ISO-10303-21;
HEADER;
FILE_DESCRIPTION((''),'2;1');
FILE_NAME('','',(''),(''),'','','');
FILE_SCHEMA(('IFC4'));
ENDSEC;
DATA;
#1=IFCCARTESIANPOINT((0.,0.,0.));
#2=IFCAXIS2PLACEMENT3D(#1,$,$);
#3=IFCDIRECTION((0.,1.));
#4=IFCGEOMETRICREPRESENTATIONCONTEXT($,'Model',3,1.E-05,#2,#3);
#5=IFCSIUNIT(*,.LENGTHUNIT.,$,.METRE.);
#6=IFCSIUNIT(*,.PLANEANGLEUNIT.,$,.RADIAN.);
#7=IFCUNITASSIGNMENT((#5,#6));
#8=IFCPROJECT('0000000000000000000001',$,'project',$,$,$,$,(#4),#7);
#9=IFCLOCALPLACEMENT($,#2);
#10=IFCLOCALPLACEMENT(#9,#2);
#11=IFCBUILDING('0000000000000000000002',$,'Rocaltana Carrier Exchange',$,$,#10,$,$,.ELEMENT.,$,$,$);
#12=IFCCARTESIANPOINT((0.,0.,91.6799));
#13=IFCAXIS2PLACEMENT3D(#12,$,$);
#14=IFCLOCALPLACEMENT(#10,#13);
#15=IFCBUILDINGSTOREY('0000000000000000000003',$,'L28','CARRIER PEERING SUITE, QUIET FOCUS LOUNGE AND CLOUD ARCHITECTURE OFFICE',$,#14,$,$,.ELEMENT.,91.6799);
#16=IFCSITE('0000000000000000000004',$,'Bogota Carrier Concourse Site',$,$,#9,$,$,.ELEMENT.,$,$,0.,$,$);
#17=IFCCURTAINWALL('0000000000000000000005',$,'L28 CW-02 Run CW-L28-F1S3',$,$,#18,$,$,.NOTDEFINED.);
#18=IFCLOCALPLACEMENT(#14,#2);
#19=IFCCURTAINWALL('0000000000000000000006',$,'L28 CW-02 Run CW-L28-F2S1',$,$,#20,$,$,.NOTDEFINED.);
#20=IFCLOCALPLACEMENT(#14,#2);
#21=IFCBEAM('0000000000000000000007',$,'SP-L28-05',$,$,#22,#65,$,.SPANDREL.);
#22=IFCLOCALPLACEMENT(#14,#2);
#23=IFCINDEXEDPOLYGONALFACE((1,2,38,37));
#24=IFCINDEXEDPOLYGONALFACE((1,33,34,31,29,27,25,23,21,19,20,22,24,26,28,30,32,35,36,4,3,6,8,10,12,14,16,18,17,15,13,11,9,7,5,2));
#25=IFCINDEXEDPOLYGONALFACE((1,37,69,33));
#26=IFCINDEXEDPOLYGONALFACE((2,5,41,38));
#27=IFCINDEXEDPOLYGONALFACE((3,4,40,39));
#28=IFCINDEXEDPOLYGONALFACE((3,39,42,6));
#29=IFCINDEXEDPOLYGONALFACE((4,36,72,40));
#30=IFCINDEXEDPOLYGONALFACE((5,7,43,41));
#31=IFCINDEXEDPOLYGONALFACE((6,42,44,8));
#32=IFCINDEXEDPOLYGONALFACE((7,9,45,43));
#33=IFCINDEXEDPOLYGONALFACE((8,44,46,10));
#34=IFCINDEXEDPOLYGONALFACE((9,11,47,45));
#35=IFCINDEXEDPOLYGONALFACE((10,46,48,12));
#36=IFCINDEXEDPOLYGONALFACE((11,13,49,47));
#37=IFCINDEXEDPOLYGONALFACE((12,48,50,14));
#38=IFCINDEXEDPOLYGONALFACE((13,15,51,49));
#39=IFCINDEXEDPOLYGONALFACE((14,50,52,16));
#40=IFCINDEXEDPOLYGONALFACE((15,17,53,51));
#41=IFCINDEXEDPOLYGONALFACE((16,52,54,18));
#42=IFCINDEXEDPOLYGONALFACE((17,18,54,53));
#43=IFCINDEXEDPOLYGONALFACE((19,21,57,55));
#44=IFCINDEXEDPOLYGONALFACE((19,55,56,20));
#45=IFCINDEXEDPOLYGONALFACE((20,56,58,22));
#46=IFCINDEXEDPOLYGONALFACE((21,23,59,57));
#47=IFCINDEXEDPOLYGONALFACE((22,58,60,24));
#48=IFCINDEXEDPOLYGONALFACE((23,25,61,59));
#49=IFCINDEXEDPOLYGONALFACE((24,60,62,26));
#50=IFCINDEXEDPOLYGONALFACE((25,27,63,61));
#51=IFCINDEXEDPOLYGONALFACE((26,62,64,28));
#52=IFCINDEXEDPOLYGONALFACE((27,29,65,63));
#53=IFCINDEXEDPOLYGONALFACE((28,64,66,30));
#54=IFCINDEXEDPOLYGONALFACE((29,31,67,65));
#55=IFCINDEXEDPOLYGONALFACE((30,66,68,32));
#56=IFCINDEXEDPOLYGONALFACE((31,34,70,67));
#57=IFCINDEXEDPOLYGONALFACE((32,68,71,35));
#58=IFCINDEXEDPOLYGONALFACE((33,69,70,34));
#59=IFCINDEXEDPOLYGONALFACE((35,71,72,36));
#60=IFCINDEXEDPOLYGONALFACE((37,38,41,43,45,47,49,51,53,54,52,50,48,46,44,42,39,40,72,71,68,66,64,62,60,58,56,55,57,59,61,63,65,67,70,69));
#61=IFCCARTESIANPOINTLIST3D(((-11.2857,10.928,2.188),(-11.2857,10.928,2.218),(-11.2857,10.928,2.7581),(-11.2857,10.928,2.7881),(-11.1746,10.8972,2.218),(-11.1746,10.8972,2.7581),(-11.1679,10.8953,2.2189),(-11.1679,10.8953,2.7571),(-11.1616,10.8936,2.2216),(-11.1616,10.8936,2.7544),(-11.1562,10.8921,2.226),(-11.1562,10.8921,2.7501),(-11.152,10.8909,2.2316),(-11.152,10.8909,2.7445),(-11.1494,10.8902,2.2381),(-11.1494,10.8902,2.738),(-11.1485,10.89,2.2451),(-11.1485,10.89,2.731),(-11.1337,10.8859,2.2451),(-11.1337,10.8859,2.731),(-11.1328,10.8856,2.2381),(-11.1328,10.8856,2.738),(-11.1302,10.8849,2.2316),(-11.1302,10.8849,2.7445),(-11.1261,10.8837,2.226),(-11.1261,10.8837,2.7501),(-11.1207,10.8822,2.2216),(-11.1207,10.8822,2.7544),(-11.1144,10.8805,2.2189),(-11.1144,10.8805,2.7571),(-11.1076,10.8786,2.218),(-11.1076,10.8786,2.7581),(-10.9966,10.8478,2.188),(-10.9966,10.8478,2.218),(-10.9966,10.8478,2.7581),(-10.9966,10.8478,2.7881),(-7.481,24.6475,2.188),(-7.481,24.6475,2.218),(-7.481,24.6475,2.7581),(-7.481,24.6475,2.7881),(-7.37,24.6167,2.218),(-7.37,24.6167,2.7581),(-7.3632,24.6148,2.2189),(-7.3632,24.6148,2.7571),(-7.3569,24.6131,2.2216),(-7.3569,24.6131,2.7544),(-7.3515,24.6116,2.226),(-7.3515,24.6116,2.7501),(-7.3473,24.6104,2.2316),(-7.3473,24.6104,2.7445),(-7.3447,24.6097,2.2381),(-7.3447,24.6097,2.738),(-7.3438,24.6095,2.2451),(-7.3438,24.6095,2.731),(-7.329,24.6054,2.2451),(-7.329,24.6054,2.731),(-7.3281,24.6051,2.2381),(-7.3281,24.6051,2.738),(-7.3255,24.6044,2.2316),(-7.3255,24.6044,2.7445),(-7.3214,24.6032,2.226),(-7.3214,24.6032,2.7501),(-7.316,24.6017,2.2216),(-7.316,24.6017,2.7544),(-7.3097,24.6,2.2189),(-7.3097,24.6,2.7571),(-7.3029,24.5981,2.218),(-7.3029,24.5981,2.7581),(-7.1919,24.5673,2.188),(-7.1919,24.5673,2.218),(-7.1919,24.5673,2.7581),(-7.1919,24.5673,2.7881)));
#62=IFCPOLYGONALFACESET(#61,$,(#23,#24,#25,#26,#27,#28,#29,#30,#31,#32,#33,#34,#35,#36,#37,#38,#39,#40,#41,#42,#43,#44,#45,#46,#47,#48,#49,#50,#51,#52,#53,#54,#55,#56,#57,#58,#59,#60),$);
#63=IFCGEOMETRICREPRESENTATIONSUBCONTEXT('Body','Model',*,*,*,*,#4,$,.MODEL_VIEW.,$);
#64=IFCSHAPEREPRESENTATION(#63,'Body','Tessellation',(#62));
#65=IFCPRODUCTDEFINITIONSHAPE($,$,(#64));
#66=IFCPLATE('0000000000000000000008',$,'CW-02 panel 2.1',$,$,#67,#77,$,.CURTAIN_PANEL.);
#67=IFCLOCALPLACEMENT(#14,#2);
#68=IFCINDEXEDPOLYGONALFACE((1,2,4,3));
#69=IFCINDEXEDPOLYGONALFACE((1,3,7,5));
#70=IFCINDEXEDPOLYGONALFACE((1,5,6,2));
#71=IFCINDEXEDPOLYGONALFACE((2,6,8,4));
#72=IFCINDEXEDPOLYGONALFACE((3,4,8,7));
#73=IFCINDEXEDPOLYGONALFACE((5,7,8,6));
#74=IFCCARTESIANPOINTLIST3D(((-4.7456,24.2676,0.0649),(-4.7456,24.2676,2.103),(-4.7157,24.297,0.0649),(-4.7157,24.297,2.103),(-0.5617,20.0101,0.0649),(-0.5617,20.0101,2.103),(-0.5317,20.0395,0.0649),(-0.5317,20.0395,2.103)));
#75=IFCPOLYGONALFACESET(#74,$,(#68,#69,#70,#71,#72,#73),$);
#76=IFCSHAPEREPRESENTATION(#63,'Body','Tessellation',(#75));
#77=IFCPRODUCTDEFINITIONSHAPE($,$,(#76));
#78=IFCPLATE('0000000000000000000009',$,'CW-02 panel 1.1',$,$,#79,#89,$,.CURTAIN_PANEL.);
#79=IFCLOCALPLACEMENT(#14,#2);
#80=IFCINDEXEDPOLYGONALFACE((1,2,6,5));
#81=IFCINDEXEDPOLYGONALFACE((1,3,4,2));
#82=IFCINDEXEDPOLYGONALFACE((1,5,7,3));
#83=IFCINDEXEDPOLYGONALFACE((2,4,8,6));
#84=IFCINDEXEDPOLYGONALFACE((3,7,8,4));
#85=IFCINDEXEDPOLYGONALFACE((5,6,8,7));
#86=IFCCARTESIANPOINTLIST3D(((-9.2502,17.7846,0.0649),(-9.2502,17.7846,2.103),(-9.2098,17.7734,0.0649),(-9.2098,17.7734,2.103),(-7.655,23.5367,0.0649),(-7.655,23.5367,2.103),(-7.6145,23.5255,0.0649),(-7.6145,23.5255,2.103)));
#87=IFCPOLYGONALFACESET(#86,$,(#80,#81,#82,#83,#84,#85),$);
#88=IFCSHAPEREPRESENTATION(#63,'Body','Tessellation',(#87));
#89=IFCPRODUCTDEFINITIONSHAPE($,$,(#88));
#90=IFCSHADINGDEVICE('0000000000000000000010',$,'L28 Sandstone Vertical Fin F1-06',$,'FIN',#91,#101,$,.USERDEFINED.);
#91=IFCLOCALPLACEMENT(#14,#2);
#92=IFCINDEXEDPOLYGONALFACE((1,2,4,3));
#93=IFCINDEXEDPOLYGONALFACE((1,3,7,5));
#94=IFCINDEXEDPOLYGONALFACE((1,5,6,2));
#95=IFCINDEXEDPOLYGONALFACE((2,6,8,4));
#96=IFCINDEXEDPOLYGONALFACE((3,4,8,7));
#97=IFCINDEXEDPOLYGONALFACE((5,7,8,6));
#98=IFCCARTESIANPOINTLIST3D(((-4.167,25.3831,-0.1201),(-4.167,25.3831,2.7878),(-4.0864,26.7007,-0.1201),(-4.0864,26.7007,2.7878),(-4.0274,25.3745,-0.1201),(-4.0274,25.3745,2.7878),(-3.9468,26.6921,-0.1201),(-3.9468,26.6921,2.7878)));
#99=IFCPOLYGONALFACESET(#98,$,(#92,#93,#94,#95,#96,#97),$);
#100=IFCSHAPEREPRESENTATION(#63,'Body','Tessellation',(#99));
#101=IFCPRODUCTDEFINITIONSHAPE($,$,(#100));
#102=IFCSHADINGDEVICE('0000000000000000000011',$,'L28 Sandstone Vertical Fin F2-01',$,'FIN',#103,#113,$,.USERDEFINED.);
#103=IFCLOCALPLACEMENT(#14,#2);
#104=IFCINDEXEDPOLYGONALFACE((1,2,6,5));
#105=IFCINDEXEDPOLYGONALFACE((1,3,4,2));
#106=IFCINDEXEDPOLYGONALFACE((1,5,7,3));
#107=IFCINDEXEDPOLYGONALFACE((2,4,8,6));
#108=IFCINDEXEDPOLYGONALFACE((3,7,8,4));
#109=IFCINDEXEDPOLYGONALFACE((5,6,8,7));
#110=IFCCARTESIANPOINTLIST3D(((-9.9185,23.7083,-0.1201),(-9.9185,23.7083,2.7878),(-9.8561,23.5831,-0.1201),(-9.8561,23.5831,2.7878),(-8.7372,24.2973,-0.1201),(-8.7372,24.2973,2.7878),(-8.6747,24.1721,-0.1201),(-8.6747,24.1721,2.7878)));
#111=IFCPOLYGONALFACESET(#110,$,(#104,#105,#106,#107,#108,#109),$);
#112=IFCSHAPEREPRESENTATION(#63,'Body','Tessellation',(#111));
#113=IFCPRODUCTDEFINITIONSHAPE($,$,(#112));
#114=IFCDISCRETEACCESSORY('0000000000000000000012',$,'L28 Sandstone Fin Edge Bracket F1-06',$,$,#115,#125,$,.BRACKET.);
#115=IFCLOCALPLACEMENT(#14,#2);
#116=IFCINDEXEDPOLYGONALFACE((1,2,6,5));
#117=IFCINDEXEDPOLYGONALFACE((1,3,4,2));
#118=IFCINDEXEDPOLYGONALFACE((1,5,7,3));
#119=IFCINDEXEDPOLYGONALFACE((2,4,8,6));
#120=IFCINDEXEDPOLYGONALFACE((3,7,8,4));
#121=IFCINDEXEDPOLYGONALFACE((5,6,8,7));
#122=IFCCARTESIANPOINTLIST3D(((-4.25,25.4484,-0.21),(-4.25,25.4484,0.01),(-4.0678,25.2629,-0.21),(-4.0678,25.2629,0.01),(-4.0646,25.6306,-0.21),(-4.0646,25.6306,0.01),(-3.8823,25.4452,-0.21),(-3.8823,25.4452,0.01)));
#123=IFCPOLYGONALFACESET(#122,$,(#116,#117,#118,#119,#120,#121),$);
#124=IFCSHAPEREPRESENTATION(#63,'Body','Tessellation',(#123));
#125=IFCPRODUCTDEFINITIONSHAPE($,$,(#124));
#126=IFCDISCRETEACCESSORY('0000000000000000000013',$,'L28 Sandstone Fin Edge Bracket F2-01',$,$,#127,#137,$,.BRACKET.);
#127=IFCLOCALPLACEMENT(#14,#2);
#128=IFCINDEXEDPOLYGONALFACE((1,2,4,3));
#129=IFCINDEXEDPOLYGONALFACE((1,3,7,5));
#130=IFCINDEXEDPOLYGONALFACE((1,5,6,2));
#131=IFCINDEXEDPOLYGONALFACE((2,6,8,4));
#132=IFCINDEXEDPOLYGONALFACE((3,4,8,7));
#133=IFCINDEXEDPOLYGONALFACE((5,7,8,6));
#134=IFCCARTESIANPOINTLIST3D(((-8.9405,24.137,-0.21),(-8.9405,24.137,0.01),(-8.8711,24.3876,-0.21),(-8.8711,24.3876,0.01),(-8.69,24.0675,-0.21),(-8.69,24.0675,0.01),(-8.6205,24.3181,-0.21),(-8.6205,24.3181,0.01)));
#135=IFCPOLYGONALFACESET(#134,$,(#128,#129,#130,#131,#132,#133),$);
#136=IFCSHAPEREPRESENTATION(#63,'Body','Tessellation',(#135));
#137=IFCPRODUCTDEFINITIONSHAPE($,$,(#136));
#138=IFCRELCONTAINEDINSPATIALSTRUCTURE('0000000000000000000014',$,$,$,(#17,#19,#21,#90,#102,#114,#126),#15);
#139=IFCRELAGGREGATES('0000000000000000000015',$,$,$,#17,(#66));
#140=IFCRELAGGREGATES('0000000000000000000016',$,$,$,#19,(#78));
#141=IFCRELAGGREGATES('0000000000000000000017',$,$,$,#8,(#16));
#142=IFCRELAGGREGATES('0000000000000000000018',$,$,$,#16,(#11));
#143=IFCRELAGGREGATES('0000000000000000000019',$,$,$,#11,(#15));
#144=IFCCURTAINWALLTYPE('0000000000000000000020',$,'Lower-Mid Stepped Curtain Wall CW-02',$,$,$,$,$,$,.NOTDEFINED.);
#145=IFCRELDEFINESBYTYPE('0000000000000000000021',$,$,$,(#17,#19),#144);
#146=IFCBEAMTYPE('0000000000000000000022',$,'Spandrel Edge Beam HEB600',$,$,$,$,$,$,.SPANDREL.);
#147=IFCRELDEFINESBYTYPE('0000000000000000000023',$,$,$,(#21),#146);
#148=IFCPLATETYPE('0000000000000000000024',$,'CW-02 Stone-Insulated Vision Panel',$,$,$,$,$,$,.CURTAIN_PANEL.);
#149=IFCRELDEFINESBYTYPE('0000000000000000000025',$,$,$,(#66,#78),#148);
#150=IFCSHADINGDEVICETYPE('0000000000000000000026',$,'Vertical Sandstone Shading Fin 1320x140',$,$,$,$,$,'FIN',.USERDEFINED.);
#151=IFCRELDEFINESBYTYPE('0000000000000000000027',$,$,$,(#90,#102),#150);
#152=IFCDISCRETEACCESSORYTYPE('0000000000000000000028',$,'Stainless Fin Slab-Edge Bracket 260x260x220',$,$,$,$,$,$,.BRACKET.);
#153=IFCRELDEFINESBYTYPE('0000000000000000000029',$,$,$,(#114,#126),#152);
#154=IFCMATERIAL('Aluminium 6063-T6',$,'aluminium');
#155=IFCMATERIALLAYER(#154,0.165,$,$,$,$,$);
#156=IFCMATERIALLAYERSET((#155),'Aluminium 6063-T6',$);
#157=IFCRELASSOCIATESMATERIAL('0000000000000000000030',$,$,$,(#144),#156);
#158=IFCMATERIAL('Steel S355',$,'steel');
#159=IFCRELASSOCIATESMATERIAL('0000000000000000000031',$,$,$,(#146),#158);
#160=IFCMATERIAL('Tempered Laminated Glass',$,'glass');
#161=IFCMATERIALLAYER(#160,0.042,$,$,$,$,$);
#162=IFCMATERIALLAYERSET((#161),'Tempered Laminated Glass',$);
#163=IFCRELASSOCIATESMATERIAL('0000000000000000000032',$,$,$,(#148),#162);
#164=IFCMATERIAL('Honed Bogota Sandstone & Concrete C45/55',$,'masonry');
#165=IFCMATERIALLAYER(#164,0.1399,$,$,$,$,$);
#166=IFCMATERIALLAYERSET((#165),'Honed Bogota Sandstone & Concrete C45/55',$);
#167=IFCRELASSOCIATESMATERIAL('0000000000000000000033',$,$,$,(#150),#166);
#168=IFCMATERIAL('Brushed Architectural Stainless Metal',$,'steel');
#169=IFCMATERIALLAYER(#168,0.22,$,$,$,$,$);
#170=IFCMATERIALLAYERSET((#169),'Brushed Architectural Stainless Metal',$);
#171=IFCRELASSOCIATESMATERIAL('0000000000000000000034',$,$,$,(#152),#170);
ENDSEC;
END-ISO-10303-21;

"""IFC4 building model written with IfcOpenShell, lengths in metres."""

from ifc_helpers import new_model, si_unit, direction, frame, origin, origin_2d, place, context, subcontext, project, spatial, rectangle, i_section, extrude, material, layer, layer_set, material_profile, profile_set, type_object, element, aggregate, save


model = new_model("IFC4")

# Units and contexts
model_context = context("Model", 3, precision=1e-05, world=origin(), true_north=direction((0.0, 1.0)))
body_context = subcontext(model_context, "Body", "Model", "MODEL_VIEW")
ifc_project = project(units=[si_unit("LENGTHUNIT", "METRE"), si_unit("PLANEANGLEUNIT", "RADIAN")], contexts=[model_context])

# Site, building, storey
site_placement = place(None, origin())
site = spatial("IfcSite", under=ifc_project, at=site_placement, Name="Bogota Carrier Concourse Site", CompositionType="ELEMENT", RefElevation=0.0)
building_placement = place(site_placement, origin())
building = spatial("IfcBuilding", under=site, at=building_placement, Name="Rocaltana Carrier Exchange", CompositionType="ELEMENT")
storey_placement = place(building_placement, frame((0.0, 0.0, 91.6799)))
storey = spatial("IfcBuildingStorey", under=building, at=storey_placement, Name="L28", Description="CARRIER PEERING SUITE, QUIET FOCUS LOUNGE AND CLOUD ARCHITECTURE OFFICE", CompositionType="ELEMENT", Elevation=91.6799)

# Curtain wall
ifc_material_1 = material(Name="Aluminium 6063-T6", Category="aluminium")
ifc_layer_1 = layer(ifc_material_1, 0.165)
ifc_layer_set_1 = layer_set([ifc_layer_1], Name="Aluminium 6063-T6")
curtain_wall_type = type_object("IfcCurtainWallType", Name="Lower-Mid Stepped Curtain Wall CW-02", PredefinedType="NOTDEFINED", material=ifc_layer_set_1)
curtain_wall_1_placement = place(storey_placement, origin())
curtain_wall_1 = element("IfcCurtainWall", 1, at=curtain_wall_1_placement, inside=storey, type_object=curtain_wall_type, Name="L28 CW-02 Run CW-L28-F1S3", PredefinedType="NOTDEFINED")

# Curtain wall
curtain_wall_2_placement = place(storey_placement, origin())
curtain_wall_2 = element("IfcCurtainWall", 2, at=curtain_wall_2_placement, inside=storey, type_object=curtain_wall_type, Name="L28 CW-02 Run CW-L28-F2S1", PredefinedType="NOTDEFINED")

# Beam
ifc_material_2 = material(Name="Steel S355", Category="steel")
ifc_material_profile_1 = material_profile(ifc_material_2, i_section(OverallWidth=0.3, OverallDepth=0.6001, WebThickness=0.0154, FlangeThickness=0.03, FilletRadius=0.0271, at=origin_2d()), Name="HEB600")
ifc_profile_set_1 = profile_set([ifc_material_profile_1], Name="Steel S355")
beam_type_1 = type_object("IfcBeamType", Name="Spandrel Edge Beam HEB600", PredefinedType="SPANDREL", material=ifc_profile_set_1)
beam_1_placement = place(storey_placement, frame((-7.3364, 24.6074, 2.488), z_axis=(-0.267234, -0.963632, 0.0), x_axis=(0.963632, -0.267234, 0.0)))
element("IfcBeam", 3, at=beam_1_placement, inside=storey, type_object=beam_type_1, Name="SP-L28-05", PredefinedType="SPANDREL", context=body_context, shape_type="SweptSolid", body=[
    extrude(i_section(OverallWidth=0.3, OverallDepth=0.6001, WebThickness=0.0154, FlangeThickness=0.03, FilletRadius=0.0271, at=origin_2d()), origin(), (0.0, 0.0, 1.0), 14.2373),
])

# Plates
ifc_material_3 = material(Name="Tempered Laminated Glass", Category="glass")
ifc_layer_2 = layer(ifc_material_3, 0.042)
ifc_layer_set_2 = layer_set([ifc_layer_2], Name="Tempered Laminated Glass")
plate_type = type_object("IfcPlateType", Name="CW-02 Stone-Insulated Vision Panel", PredefinedType="CURTAIN_PANEL", material=ifc_layer_set_2)
plate_1_placement = place(storey_placement, frame((-2.6387, 22.1536, 0.0649), z_axis=(0.0, 0.0, 1.0), x_axis=(-0.700915, 0.713245, 0.0)))
plate_1 = element("IfcPlate", 4, at=plate_1_placement, type_object=plate_type, Name="CW-02 panel 2.1", PredefinedType="CURTAIN_PANEL", context=body_context, shape_type="SweptSolid", body=[
    extrude(rectangle(XDim=5.9692, YDim=0.042, at=origin_2d()), origin(), (0.0, 0.0, 1.0), 2.0381),
])
aggregate(curtain_wall_1, [plate_1])
plate_2_placement = place(storey_placement, frame((-8.4324, 20.655, 0.0649), z_axis=(0.0, 0.0, 1.0), x_axis=(-0.267246, -0.963628, 0.0)))
plate_2 = element("IfcPlate", 5, at=plate_2_placement, type_object=plate_type, Name="CW-02 panel 1.1", PredefinedType="CURTAIN_PANEL", context=body_context, shape_type="SweptSolid", body=[
    extrude(rectangle(XDim=5.9692, YDim=0.042, at=origin_2d()), origin(), (0.0, 0.0, 1.0), 2.0381),
])
aggregate(curtain_wall_2, [plate_2])

# Shading devices
ifc_material_4 = material(Name="Honed Bogota Sandstone & Concrete C45/55", Category="masonry")
ifc_layer_3 = layer(ifc_material_4, 0.1399)
ifc_layer_set_3 = layer_set([ifc_layer_3], Name="Honed Bogota Sandstone & Concrete C45/55")
shading_device_type = type_object("IfcShadingDeviceType", Name="Vertical Sandstone Shading Fin 1320x140", ElementType="FIN", PredefinedType="USERDEFINED", material=ifc_layer_set_3)
for number, where, z_axis, x_axis, name in (
    (6, (-4.0569, 26.0376, -0.1201), (0.0, 0.0, 1.0), (0.061049, 0.998135, 0.0), "L28 Sandstone Vertical Fin F1-06"),
    (7, (-9.2966, 23.9402, -0.1201), (0.0, 0.0, 1.0), (-0.894934, -0.446198, 0.0), "L28 Sandstone Vertical Fin F2-01"),
):
    element("IfcShadingDevice", number, at=place(storey_placement, frame(where, z_axis=z_axis, x_axis=x_axis)), inside=storey, type_object=shading_device_type, Name=name, ObjectType="FIN", PredefinedType="USERDEFINED", context=body_context, shape_type="SweptSolid", body=[
        extrude(rectangle(XDim=1.3201, YDim=0.1399, at=origin_2d()), origin(), (0.0, 0.0, 1.0), 2.908),
    ])

# Discrete accessories
ifc_material_5 = material(Name="Brushed Architectural Stainless Metal", Category="steel")
ifc_layer_4 = layer(ifc_material_5, 0.22)
ifc_layer_set_4 = layer_set([ifc_layer_4], Name="Brushed Architectural Stainless Metal")
discrete_accessory_type = type_object("IfcDiscreteAccessoryType", Name="Stainless Fin Slab-Edge Bracket 260x260x220", PredefinedType="BRACKET", material=ifc_layer_set_4)
for number, where, z_axis, x_axis, name in (
    (8, (-4.0662, 25.4468, -0.21), (0.0, 0.0, 1.0), (-0.700909, 0.71325, 0.0), "L28 Sandstone Fin Edge Bracket F1-06"),
    (9, (-8.7805, 24.2275, -0.21), (0.0, 0.0, 1.0), (-0.267238, -0.96363, 0.0), "L28 Sandstone Fin Edge Bracket F2-01"),
):
    element("IfcDiscreteAccessory", number, at=place(storey_placement, frame(where, z_axis=z_axis, x_axis=x_axis)), inside=storey, type_object=discrete_accessory_type, Name=name, PredefinedType="BRACKET", context=body_context, shape_type="SweptSolid", body=[
        extrude(rectangle(XDim=0.26, YDim=0.26, at=origin_2d()), origin(), (0.0, 0.0, 1.0), 0.22),
    ])

save(model, "model.ifc")
